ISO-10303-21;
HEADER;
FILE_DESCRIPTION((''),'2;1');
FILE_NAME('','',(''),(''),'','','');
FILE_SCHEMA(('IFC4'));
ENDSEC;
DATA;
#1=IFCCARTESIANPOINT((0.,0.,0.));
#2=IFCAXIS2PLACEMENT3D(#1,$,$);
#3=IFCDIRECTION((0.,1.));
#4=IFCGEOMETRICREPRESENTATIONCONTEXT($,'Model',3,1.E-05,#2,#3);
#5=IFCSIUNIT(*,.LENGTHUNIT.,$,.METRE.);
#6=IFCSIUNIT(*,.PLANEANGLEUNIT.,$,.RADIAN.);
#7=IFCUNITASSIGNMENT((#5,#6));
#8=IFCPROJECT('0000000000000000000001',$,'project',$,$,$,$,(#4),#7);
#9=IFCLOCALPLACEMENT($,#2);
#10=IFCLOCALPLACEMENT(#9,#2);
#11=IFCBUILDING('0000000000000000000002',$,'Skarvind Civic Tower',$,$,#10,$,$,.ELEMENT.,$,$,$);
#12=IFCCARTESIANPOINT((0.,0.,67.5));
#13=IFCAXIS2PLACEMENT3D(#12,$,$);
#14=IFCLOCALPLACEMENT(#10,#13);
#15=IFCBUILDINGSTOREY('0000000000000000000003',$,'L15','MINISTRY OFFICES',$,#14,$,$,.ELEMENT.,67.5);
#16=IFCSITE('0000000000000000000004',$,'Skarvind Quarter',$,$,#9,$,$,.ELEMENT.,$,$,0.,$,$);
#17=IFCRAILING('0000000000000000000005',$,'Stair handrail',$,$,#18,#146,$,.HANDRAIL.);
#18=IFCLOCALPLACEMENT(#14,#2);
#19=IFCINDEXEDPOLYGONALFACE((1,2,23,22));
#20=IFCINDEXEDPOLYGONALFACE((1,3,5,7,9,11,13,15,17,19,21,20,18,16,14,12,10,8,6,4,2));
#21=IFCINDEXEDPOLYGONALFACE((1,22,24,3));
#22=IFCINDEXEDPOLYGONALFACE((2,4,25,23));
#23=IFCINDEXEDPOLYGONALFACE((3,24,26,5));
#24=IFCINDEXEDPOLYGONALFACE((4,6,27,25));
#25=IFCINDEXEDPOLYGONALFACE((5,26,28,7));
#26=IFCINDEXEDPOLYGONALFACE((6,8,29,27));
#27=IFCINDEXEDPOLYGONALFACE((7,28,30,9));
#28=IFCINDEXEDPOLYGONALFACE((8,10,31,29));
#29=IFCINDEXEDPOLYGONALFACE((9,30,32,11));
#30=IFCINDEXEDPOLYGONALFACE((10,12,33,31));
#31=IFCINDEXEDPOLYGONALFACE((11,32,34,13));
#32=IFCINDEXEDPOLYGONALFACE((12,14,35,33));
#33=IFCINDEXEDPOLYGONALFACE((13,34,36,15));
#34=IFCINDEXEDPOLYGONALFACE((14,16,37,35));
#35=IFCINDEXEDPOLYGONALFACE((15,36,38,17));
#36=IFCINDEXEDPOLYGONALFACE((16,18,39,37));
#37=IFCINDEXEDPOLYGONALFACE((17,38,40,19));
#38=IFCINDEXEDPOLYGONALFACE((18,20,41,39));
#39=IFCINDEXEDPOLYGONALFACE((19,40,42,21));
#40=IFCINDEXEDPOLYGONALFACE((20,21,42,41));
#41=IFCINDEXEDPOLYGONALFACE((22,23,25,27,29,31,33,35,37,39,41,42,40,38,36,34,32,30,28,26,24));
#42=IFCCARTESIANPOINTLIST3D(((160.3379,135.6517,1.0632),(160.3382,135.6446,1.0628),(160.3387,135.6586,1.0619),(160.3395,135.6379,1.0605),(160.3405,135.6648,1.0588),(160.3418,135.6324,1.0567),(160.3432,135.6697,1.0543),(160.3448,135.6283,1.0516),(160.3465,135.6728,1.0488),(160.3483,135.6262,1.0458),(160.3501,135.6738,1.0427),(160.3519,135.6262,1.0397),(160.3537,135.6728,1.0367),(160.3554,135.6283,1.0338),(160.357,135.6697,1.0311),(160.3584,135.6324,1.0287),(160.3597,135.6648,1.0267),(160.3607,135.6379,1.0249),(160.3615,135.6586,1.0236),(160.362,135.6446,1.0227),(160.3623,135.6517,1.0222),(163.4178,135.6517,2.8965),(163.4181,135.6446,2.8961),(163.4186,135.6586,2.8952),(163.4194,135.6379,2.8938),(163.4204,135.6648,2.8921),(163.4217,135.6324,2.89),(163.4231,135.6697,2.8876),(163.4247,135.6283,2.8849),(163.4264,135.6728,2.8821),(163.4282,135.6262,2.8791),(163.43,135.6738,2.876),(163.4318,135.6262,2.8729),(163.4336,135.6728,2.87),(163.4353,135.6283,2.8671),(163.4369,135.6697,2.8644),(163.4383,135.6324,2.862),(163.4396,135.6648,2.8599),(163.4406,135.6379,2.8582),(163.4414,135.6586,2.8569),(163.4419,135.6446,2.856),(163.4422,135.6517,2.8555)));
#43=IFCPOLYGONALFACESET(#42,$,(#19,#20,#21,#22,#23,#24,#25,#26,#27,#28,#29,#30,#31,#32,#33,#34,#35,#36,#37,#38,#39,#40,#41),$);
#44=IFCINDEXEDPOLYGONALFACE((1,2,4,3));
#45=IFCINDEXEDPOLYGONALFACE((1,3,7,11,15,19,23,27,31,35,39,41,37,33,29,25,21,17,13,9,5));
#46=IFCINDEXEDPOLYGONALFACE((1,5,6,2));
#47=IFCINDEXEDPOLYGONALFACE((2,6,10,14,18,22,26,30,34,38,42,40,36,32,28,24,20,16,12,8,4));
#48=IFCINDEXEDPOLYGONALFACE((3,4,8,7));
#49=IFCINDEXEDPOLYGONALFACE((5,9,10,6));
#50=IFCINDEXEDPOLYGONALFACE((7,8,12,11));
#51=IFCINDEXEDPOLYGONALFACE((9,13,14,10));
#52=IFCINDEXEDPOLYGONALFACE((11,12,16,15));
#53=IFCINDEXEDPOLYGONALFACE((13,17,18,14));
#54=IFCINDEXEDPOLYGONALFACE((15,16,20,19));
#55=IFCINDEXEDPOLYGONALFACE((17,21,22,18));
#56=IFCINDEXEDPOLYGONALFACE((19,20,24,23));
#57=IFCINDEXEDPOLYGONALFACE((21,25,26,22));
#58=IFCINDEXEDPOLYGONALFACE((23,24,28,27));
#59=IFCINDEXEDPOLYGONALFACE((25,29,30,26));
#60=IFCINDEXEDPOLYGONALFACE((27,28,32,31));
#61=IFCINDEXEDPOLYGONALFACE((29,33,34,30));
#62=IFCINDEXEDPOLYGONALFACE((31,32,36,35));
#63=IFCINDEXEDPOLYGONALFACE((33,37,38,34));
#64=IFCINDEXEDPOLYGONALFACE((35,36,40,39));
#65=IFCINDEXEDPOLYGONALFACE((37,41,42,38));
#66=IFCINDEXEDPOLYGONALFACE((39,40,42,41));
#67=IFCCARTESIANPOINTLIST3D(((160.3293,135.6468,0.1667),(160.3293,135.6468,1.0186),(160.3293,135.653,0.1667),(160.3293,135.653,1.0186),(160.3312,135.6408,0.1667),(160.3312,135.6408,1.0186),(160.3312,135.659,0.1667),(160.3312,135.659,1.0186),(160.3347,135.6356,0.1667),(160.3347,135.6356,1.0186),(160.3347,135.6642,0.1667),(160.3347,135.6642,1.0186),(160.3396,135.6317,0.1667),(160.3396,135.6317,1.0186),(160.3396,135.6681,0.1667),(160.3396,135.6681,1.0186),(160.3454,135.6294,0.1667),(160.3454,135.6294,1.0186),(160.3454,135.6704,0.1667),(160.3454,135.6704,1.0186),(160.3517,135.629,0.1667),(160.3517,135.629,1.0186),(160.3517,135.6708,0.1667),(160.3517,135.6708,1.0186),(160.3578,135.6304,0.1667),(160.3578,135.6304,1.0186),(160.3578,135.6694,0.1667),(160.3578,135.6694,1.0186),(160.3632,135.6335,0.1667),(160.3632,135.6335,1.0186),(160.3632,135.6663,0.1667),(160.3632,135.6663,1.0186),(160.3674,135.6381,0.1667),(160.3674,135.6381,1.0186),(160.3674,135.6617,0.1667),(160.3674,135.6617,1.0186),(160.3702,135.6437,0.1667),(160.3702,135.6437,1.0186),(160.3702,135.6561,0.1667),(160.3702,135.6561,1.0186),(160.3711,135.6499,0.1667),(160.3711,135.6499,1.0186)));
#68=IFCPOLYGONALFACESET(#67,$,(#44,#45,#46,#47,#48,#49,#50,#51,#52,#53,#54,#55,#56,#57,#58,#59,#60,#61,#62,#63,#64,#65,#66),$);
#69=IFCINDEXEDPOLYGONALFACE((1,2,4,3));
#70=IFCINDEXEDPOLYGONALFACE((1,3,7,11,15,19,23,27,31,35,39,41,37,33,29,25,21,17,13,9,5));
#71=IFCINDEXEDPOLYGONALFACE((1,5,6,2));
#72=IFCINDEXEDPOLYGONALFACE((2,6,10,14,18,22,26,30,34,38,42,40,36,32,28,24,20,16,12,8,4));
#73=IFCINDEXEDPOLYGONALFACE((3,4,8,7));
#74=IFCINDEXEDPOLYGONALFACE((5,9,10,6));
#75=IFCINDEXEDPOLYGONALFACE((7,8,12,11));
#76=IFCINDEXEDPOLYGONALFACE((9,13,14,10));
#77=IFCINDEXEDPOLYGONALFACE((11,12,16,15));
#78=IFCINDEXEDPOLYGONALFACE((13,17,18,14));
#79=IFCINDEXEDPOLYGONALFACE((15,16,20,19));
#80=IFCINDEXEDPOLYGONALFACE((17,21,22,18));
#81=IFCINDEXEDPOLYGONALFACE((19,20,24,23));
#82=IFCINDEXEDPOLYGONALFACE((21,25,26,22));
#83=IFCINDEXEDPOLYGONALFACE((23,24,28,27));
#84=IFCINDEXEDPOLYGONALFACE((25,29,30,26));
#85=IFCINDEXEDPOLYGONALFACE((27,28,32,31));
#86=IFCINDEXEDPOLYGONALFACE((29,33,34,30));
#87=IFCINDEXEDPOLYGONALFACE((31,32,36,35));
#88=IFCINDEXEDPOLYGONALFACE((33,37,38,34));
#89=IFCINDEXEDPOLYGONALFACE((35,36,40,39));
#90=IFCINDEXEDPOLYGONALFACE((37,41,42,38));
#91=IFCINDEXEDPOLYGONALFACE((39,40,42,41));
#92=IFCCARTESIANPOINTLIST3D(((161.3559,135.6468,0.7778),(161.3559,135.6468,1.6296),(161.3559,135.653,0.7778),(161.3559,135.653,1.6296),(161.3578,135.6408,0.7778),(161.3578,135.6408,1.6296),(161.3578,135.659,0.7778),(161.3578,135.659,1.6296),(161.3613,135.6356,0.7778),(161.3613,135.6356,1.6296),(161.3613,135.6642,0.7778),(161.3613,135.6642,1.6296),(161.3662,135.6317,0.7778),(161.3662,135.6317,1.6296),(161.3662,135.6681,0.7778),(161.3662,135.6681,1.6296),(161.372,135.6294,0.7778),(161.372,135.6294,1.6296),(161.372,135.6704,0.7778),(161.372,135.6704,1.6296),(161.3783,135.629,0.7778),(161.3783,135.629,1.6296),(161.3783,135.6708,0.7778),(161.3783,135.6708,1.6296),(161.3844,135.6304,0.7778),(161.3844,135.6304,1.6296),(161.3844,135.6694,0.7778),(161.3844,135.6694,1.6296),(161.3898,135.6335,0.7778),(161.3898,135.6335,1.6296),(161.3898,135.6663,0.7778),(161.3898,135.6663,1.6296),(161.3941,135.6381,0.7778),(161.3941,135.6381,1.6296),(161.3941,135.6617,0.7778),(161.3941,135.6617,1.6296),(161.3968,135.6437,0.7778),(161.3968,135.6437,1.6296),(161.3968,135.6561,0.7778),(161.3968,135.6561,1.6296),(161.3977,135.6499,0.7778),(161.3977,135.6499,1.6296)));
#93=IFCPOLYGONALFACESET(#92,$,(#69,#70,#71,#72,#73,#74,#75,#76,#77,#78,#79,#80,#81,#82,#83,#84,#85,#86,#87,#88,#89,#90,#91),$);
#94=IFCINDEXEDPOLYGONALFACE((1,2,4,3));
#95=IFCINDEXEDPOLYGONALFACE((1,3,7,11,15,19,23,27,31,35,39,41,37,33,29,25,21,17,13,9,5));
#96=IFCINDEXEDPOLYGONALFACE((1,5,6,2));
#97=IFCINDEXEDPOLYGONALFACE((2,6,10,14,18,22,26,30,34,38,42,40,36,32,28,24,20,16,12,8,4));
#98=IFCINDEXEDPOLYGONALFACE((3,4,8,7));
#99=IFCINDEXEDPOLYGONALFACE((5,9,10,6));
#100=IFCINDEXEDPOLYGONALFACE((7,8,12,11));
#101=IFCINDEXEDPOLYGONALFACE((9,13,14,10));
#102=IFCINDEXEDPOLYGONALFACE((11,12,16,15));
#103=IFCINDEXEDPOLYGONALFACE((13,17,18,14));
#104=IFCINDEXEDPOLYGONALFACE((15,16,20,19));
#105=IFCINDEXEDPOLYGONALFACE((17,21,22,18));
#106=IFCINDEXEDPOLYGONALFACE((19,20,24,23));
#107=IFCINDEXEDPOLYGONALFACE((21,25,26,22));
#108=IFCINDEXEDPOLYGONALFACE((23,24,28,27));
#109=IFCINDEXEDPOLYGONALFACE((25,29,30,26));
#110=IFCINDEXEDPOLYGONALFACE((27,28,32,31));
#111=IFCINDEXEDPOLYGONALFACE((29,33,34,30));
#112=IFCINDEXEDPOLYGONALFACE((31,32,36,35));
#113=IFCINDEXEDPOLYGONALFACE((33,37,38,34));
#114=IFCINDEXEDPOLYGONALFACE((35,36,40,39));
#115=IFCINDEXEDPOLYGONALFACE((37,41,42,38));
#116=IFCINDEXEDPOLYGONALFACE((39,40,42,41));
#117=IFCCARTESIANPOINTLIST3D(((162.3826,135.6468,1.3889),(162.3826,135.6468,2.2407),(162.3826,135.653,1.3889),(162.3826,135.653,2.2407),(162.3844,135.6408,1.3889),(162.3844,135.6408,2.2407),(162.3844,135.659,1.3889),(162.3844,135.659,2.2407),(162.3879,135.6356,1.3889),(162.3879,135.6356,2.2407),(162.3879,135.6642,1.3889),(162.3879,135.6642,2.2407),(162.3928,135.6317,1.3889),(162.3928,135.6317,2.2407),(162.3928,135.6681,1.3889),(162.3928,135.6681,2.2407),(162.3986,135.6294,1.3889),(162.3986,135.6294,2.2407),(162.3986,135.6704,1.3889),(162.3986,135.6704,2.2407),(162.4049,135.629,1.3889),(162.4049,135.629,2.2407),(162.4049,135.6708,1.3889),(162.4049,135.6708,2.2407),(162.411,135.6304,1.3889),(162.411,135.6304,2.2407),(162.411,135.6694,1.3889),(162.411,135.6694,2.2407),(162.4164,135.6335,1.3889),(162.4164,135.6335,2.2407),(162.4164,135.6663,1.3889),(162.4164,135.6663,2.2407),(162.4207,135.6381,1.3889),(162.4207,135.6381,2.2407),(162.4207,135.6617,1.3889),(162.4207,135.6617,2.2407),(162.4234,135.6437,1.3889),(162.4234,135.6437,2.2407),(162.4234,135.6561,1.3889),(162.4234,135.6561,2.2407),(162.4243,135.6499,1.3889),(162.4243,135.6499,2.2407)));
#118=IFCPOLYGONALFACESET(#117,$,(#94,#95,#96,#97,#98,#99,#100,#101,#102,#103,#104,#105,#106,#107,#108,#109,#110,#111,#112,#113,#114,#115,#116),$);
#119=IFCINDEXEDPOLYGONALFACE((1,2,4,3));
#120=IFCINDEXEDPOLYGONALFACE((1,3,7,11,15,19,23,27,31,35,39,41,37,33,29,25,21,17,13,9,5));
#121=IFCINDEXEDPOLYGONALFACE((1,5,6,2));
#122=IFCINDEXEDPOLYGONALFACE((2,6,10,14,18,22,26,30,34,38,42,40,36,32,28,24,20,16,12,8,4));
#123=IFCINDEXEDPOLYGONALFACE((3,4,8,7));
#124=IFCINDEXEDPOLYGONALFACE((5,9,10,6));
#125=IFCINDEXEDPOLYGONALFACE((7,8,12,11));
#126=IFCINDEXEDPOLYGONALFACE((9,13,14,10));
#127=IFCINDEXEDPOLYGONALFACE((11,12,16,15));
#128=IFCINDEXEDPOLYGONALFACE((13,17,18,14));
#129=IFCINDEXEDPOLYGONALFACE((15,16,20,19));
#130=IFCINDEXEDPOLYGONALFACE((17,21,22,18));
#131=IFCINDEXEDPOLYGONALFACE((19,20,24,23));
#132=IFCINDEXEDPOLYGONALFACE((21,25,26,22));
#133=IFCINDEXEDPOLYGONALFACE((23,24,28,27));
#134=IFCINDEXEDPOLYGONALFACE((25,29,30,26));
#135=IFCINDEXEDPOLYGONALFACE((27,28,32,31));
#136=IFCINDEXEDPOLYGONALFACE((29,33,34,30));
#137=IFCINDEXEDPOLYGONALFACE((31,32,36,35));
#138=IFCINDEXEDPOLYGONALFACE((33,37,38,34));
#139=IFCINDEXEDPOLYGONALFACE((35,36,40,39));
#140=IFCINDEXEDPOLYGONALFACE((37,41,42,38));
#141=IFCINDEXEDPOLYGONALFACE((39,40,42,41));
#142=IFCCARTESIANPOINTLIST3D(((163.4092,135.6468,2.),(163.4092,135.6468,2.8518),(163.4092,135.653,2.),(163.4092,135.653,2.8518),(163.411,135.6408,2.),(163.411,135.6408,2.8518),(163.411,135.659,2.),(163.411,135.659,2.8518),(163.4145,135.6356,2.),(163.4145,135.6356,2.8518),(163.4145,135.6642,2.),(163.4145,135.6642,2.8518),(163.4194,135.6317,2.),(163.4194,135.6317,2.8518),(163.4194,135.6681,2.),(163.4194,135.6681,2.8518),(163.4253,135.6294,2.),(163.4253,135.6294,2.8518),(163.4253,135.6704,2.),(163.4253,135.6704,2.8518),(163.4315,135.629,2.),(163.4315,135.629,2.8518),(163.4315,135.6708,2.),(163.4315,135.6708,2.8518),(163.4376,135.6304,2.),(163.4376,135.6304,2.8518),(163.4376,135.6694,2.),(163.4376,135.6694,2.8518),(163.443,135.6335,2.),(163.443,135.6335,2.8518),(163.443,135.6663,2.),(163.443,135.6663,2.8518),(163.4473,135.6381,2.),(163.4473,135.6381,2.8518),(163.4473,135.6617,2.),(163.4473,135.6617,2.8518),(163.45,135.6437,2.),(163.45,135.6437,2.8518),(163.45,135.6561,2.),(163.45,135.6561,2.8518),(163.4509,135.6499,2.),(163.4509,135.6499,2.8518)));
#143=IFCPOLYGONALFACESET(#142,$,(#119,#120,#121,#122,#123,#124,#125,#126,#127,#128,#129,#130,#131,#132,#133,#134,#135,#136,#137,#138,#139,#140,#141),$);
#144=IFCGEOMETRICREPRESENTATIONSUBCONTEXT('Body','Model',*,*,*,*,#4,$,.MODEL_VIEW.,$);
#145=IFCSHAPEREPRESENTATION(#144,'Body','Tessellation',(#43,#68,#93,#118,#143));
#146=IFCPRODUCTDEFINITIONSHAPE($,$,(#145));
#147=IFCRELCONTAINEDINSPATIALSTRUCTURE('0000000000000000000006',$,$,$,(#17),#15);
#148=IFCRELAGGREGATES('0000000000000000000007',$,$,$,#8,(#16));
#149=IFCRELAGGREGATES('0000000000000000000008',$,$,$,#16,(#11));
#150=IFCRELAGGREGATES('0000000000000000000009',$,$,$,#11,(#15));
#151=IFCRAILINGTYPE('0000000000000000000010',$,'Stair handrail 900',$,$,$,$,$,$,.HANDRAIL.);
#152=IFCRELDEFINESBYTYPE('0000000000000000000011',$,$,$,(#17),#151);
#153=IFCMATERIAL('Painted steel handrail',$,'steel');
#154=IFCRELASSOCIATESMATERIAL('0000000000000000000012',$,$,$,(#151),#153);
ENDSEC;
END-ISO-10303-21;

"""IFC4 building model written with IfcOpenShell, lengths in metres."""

from ifc_helpers import new_model, si_unit, direction, frame, origin, origin_2d, place, context, subcontext, project, spatial, circle, extrude, material, type_object, element, save


model = new_model("IFC4")

# Units and contexts
model_context = context("Model", 3, precision=1e-05, world=origin(), true_north=direction((0.0, 1.0)))
body_context = subcontext(model_context, "Body", "Model", "MODEL_VIEW")
ifc_project = project(units=[si_unit("LENGTHUNIT", "METRE"), si_unit("PLANEANGLEUNIT", "RADIAN")], contexts=[model_context])

# Site, building, storey
site_placement = place(None, origin())
site = spatial("IfcSite", under=ifc_project, at=site_placement, Name="Skarvind Quarter", CompositionType="ELEMENT", RefElevation=0.0)
building_placement = place(site_placement, origin())
building = spatial("IfcBuilding", under=site, at=building_placement, Name="Skarvind Civic Tower", CompositionType="ELEMENT")
storey_placement = place(building_placement, frame((0.0, 0.0, 67.5)))
storey = spatial("IfcBuildingStorey", under=building, at=storey_placement, Name="L15", Description="MINISTRY OFFICES", CompositionType="ELEMENT", Elevation=67.5)

# Railing
ifc_material_1 = material(Name="Painted steel handrail", Category="steel")
railing_type = type_object("IfcRailingType", Name="Stair handrail 900", PredefinedType="HANDRAIL", material=ifc_material_1)
railing_1_placement = place(storey_placement, frame((160.3501, 135.6499, 0.1667)))
element("IfcRailing", 1, at=railing_1_placement, inside=storey, type_object=railing_type, Name="Stair handrail", PredefinedType="HANDRAIL", context=body_context, shape_type="SweptSolid", body=[
    extrude(circle(Radius=0.0239, at=origin_2d()), frame((0.0, 0.0, 0.876), z_axis=(0.859291, 0.0, 0.511487), x_axis=(0.0, 1.0, 0.0)), (0.0, 0.0, 1.0), 3.5842),
    extrude(circle(Radius=0.021, at=origin_2d()), origin(), (0.0, 0.0, 1.0), 0.8518),
    extrude(circle(Radius=0.021, at=origin_2d()), frame((1.0266, 0.0, 0.6111)), (0.0, 0.0, 1.0), 0.8518),
    extrude(circle(Radius=0.021, at=origin_2d()), frame((2.0532, 0.0, 1.2222)), (0.0, 0.0, 1.0), 0.8518),
    extrude(circle(Radius=0.021, at=origin_2d()), frame((3.0798, 0.0, 1.8333)), (0.0, 0.0, 1.0), 0.8518),
])

save(model, "model.ifc")
